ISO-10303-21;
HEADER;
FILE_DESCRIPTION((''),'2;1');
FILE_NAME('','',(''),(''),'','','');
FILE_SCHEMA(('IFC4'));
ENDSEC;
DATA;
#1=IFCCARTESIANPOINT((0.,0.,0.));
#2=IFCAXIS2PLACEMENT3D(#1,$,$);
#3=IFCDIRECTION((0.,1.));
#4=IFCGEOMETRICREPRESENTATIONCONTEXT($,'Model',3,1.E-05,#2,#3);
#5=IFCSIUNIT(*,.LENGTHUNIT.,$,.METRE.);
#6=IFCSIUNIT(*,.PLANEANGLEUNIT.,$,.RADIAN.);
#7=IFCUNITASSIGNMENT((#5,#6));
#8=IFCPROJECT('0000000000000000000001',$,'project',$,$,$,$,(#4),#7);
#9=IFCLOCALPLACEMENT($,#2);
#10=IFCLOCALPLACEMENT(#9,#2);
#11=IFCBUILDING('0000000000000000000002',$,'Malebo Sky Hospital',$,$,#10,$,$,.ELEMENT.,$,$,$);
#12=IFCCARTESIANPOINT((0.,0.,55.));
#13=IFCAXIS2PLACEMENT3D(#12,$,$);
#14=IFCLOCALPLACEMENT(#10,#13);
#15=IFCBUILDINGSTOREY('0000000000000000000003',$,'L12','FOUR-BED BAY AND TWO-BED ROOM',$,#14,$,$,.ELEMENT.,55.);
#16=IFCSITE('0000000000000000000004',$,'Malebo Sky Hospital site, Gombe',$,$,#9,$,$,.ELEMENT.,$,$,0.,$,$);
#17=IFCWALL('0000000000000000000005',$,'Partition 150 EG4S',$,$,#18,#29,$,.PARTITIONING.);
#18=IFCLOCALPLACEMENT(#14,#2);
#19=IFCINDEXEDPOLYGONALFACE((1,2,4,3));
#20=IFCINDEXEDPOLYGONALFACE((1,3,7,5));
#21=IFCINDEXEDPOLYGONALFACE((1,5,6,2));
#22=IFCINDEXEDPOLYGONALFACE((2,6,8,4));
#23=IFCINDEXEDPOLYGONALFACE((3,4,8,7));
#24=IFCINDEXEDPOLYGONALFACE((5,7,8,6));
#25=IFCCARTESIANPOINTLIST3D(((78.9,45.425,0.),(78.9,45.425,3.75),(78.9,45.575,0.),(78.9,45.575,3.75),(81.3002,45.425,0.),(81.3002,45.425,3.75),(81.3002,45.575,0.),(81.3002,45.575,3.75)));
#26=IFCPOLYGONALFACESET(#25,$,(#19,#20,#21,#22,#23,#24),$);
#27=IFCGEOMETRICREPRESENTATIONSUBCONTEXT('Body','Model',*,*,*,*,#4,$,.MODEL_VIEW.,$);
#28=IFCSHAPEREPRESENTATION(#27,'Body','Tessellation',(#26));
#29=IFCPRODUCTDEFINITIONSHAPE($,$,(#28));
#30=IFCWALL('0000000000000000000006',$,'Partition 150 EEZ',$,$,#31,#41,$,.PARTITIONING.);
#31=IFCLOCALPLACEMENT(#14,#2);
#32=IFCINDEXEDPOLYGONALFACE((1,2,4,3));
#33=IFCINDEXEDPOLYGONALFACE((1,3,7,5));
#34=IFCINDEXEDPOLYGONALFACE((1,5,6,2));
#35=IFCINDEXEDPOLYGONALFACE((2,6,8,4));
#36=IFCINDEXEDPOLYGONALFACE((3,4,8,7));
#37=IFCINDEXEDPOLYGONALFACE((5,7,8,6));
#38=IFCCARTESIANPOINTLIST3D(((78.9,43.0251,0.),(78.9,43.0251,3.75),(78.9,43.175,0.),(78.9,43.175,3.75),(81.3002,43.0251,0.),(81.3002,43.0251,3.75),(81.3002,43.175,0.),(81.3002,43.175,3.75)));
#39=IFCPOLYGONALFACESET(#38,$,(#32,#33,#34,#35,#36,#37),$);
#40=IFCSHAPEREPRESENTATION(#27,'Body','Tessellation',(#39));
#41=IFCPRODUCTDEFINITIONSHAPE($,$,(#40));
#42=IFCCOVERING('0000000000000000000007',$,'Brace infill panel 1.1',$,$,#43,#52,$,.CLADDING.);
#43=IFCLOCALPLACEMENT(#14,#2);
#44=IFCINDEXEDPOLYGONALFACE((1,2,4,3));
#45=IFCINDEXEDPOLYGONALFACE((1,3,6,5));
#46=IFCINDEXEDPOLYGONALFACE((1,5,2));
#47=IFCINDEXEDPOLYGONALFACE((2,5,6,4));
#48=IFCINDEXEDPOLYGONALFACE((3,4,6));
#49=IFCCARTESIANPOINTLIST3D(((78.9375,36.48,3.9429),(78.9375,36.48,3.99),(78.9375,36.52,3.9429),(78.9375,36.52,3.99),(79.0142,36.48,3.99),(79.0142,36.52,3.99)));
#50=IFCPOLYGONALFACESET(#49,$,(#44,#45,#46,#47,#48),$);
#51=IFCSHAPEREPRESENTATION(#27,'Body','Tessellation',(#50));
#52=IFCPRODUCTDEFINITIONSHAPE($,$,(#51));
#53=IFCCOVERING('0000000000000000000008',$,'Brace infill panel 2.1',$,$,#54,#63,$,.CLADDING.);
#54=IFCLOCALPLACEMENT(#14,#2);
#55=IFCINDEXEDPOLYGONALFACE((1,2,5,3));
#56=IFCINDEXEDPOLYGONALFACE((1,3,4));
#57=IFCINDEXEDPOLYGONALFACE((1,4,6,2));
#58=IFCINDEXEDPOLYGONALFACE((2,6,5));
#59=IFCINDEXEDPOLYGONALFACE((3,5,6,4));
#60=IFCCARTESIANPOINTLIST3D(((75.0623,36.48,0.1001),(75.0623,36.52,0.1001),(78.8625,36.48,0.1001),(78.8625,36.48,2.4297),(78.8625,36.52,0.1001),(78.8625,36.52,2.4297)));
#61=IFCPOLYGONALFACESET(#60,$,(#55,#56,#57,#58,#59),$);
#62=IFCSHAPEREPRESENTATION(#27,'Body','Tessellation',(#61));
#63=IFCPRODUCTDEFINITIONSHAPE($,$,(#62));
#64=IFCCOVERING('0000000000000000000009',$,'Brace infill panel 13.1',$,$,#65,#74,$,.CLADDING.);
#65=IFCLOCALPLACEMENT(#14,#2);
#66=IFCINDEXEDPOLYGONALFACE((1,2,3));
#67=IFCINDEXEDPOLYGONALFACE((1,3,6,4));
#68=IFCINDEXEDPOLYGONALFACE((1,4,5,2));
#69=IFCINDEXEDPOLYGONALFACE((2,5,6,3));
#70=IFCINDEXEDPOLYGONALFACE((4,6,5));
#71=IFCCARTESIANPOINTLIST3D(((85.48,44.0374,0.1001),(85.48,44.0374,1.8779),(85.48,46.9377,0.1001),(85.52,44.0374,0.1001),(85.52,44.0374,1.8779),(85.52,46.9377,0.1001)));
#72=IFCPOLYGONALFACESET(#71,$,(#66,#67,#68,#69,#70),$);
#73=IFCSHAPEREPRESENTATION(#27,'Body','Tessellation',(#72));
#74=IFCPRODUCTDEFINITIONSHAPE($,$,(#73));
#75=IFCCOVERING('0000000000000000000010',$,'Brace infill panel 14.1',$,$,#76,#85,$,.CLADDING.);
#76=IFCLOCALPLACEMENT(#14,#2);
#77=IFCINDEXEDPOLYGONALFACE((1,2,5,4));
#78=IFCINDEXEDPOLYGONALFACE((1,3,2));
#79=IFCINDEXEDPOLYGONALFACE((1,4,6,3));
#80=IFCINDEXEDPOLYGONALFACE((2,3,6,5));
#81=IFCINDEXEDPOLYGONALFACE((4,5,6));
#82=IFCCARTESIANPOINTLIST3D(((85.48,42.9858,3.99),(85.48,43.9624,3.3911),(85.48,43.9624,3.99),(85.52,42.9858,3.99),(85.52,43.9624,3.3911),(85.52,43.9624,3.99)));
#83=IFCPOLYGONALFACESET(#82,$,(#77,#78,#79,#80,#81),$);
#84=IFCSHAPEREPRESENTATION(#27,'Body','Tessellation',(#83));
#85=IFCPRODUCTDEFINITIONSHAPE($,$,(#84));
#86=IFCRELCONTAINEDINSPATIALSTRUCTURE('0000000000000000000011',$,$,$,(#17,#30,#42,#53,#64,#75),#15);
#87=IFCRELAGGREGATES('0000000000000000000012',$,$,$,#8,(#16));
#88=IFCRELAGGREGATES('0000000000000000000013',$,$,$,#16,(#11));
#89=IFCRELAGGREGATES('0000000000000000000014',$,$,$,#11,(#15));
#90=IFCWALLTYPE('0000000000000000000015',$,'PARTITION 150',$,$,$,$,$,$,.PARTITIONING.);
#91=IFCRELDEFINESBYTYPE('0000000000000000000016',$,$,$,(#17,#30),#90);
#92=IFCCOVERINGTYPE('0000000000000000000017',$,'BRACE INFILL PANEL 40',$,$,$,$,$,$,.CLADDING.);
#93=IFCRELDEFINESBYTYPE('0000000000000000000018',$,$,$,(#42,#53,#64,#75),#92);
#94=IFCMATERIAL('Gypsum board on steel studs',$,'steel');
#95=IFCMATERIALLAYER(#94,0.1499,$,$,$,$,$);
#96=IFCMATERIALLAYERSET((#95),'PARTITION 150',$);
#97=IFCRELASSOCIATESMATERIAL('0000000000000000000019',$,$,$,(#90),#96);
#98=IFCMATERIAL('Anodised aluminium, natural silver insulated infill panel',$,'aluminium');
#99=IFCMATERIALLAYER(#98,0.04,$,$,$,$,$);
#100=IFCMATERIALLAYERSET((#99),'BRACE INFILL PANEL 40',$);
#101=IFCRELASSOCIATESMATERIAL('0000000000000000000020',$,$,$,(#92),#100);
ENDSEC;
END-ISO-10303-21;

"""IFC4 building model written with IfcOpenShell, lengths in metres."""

from ifc_helpers import new_model, si_unit, direction, frame, frame_2d, origin, place, context, subcontext, project, spatial, polyline, rectangle, outline, extrude, material, layer, layer_set, type_object, element, save


model = new_model("IFC4")

# Units and contexts
model_context = context("Model", 3, precision=1e-05, world=origin(), true_north=direction((0.0, 1.0)))
body_context = subcontext(model_context, "Body", "Model", "MODEL_VIEW")
ifc_project = project(units=[si_unit("LENGTHUNIT", "METRE"), si_unit("PLANEANGLEUNIT", "RADIAN")], contexts=[model_context])

# Site, building, storey
site_placement = place(None, origin())
site = spatial("IfcSite", under=ifc_project, at=site_placement, Name="Malebo Sky Hospital site, Gombe", CompositionType="ELEMENT", RefElevation=0.0)
building_placement = place(site_placement, origin())
building = spatial("IfcBuilding", under=site, at=building_placement, Name="Malebo Sky Hospital", CompositionType="ELEMENT")
storey_placement = place(building_placement, frame((0.0, 0.0, 55.0)))
storey = spatial("IfcBuildingStorey", under=building, at=storey_placement, Name="L12", Description="FOUR-BED BAY AND TWO-BED ROOM", CompositionType="ELEMENT", Elevation=55.0)

# Shared definitions
ifc_material_1 = material(Name="Gypsum board on steel studs", Category="steel")

# Shared definitions
ifc_layer_1 = layer(ifc_material_1, 0.1499)
ifc_layer_set_1 = layer_set([ifc_layer_1], Name="PARTITION 150")
wall_type_1 = type_object("IfcWallType", Name="PARTITION 150", PredefinedType="PARTITIONING", material=ifc_layer_set_1)

# Walls
for number, where, z_axis, x_axis, name in (
    (1, (78.8999, 45.5, 0.0), (0.0, 0.0, 1.0), (1.0, 0.0, 0.0), "Partition 150 EG4S"),
    (2, (78.8999, 43.1001, 0.0), (0.0, 0.0, 1.0), (1.0, 0.0, 0.0), "Partition 150 EEZ"),
):
    element("IfcWall", number, at=place(storey_placement, frame(where, z_axis=z_axis, x_axis=x_axis)), inside=storey, type_object=wall_type_1, Name=name, PredefinedType="PARTITIONING", context=body_context, shape_type="SweptSolid", body=[
        extrude(rectangle(XDim=2.4001, YDim=0.1499, at=frame_2d((1.2002, 0.0))), origin(), (0.0, 0.0, 1.0), 3.75),
    ])

# Coverings
ifc_material_2 = material(Name="Anodised aluminium, natural silver insulated infill panel", Category="aluminium")
ifc_layer_2 = layer(ifc_material_2, 0.04)
ifc_layer_set_2 = layer_set([ifc_layer_2], Name="BRACE INFILL PANEL 40")
covering_type = type_object("IfcCoveringType", Name="BRACE INFILL PANEL 40", PredefinedType="CLADDING", material=ifc_layer_set_2)
covering_1_placement = place(storey_placement, frame((78.9758, 36.5, 3.9429), z_axis=(0.0, 0.0, 1.0), x_axis=(-1.0, 0.0, 0.0)))
element("IfcCovering", 3, at=covering_1_placement, inside=storey, type_object=covering_type, Name="Brace infill panel 1.1", PredefinedType="CLADDING", context=body_context, shape_type="SweptSolid", body=[
    extrude(outline(polyline([(0.0383, 0.0), (0.0383, 0.0471), (-0.0383, 0.0471), (0.0383, 0.0)])), frame((0.0, 0.02, 0.0), z_axis=(0.0, -1.0, 0.0), x_axis=(1.0, 0.0, 0.0)), (0.0, 0.0, 1.0), 0.04),
])
covering_2_placement = place(storey_placement, frame((76.9624, 36.5, 0.1001), z_axis=(0.0, 0.0, 1.0), x_axis=(-1.0, 0.0, 0.0)))
element("IfcCovering", 4, at=covering_2_placement, inside=storey, type_object=covering_type, Name="Brace infill panel 2.1", PredefinedType="CLADDING", context=body_context, shape_type="SweptSolid", body=[
    extrude(outline(polyline([(-1.9001, 0.0), (1.9001, 0.0), (-1.9001, 2.3296), (-1.9001, 0.0)])), frame((0.0, 0.02, 0.0), z_axis=(0.0, -1.0, 0.0), x_axis=(1.0, 0.0, 0.0)), (0.0, 0.0, 1.0), 0.04),
])
covering_3_placement = place(storey_placement, frame((85.5, 45.4875, 0.1001), z_axis=(0.0, 0.0, 1.0), x_axis=(0.0, -1.0, 0.0)))
element("IfcCovering", 5, at=covering_3_placement, inside=storey, type_object=covering_type, Name="Brace infill panel 13.1", PredefinedType="CLADDING", context=body_context, shape_type="SweptSolid", body=[
    extrude(outline(polyline([(-1.4502, 0.0), (1.4502, 0.0), (1.4502, 1.7778), (-1.4502, 0.0)])), frame((0.0, 0.02, 0.0), z_axis=(0.0, -1.0, 0.0), x_axis=(1.0, 0.0, 0.0)), (0.0, 0.0, 1.0), 0.04),
])
covering_4_placement = place(storey_placement, frame((85.5, 43.4741, 3.3911), z_axis=(0.0, 0.0, 1.0), x_axis=(0.0, -1.0, 0.0)))
element("IfcCovering", 6, at=covering_4_placement, inside=storey, type_object=covering_type, Name="Brace infill panel 14.1", PredefinedType="CLADDING", context=body_context, shape_type="SweptSolid", body=[
    extrude(outline(polyline([(-0.4883, 0.0), (0.4883, 0.5989), (-0.4883, 0.5989), (-0.4883, 0.0)])), frame((0.0, 0.02, 0.0), z_axis=(0.0, -1.0, 0.0), x_axis=(1.0, 0.0, 0.0)), (0.0, 0.0, 1.0), 0.04),
])

save(model, "model.ifc")
